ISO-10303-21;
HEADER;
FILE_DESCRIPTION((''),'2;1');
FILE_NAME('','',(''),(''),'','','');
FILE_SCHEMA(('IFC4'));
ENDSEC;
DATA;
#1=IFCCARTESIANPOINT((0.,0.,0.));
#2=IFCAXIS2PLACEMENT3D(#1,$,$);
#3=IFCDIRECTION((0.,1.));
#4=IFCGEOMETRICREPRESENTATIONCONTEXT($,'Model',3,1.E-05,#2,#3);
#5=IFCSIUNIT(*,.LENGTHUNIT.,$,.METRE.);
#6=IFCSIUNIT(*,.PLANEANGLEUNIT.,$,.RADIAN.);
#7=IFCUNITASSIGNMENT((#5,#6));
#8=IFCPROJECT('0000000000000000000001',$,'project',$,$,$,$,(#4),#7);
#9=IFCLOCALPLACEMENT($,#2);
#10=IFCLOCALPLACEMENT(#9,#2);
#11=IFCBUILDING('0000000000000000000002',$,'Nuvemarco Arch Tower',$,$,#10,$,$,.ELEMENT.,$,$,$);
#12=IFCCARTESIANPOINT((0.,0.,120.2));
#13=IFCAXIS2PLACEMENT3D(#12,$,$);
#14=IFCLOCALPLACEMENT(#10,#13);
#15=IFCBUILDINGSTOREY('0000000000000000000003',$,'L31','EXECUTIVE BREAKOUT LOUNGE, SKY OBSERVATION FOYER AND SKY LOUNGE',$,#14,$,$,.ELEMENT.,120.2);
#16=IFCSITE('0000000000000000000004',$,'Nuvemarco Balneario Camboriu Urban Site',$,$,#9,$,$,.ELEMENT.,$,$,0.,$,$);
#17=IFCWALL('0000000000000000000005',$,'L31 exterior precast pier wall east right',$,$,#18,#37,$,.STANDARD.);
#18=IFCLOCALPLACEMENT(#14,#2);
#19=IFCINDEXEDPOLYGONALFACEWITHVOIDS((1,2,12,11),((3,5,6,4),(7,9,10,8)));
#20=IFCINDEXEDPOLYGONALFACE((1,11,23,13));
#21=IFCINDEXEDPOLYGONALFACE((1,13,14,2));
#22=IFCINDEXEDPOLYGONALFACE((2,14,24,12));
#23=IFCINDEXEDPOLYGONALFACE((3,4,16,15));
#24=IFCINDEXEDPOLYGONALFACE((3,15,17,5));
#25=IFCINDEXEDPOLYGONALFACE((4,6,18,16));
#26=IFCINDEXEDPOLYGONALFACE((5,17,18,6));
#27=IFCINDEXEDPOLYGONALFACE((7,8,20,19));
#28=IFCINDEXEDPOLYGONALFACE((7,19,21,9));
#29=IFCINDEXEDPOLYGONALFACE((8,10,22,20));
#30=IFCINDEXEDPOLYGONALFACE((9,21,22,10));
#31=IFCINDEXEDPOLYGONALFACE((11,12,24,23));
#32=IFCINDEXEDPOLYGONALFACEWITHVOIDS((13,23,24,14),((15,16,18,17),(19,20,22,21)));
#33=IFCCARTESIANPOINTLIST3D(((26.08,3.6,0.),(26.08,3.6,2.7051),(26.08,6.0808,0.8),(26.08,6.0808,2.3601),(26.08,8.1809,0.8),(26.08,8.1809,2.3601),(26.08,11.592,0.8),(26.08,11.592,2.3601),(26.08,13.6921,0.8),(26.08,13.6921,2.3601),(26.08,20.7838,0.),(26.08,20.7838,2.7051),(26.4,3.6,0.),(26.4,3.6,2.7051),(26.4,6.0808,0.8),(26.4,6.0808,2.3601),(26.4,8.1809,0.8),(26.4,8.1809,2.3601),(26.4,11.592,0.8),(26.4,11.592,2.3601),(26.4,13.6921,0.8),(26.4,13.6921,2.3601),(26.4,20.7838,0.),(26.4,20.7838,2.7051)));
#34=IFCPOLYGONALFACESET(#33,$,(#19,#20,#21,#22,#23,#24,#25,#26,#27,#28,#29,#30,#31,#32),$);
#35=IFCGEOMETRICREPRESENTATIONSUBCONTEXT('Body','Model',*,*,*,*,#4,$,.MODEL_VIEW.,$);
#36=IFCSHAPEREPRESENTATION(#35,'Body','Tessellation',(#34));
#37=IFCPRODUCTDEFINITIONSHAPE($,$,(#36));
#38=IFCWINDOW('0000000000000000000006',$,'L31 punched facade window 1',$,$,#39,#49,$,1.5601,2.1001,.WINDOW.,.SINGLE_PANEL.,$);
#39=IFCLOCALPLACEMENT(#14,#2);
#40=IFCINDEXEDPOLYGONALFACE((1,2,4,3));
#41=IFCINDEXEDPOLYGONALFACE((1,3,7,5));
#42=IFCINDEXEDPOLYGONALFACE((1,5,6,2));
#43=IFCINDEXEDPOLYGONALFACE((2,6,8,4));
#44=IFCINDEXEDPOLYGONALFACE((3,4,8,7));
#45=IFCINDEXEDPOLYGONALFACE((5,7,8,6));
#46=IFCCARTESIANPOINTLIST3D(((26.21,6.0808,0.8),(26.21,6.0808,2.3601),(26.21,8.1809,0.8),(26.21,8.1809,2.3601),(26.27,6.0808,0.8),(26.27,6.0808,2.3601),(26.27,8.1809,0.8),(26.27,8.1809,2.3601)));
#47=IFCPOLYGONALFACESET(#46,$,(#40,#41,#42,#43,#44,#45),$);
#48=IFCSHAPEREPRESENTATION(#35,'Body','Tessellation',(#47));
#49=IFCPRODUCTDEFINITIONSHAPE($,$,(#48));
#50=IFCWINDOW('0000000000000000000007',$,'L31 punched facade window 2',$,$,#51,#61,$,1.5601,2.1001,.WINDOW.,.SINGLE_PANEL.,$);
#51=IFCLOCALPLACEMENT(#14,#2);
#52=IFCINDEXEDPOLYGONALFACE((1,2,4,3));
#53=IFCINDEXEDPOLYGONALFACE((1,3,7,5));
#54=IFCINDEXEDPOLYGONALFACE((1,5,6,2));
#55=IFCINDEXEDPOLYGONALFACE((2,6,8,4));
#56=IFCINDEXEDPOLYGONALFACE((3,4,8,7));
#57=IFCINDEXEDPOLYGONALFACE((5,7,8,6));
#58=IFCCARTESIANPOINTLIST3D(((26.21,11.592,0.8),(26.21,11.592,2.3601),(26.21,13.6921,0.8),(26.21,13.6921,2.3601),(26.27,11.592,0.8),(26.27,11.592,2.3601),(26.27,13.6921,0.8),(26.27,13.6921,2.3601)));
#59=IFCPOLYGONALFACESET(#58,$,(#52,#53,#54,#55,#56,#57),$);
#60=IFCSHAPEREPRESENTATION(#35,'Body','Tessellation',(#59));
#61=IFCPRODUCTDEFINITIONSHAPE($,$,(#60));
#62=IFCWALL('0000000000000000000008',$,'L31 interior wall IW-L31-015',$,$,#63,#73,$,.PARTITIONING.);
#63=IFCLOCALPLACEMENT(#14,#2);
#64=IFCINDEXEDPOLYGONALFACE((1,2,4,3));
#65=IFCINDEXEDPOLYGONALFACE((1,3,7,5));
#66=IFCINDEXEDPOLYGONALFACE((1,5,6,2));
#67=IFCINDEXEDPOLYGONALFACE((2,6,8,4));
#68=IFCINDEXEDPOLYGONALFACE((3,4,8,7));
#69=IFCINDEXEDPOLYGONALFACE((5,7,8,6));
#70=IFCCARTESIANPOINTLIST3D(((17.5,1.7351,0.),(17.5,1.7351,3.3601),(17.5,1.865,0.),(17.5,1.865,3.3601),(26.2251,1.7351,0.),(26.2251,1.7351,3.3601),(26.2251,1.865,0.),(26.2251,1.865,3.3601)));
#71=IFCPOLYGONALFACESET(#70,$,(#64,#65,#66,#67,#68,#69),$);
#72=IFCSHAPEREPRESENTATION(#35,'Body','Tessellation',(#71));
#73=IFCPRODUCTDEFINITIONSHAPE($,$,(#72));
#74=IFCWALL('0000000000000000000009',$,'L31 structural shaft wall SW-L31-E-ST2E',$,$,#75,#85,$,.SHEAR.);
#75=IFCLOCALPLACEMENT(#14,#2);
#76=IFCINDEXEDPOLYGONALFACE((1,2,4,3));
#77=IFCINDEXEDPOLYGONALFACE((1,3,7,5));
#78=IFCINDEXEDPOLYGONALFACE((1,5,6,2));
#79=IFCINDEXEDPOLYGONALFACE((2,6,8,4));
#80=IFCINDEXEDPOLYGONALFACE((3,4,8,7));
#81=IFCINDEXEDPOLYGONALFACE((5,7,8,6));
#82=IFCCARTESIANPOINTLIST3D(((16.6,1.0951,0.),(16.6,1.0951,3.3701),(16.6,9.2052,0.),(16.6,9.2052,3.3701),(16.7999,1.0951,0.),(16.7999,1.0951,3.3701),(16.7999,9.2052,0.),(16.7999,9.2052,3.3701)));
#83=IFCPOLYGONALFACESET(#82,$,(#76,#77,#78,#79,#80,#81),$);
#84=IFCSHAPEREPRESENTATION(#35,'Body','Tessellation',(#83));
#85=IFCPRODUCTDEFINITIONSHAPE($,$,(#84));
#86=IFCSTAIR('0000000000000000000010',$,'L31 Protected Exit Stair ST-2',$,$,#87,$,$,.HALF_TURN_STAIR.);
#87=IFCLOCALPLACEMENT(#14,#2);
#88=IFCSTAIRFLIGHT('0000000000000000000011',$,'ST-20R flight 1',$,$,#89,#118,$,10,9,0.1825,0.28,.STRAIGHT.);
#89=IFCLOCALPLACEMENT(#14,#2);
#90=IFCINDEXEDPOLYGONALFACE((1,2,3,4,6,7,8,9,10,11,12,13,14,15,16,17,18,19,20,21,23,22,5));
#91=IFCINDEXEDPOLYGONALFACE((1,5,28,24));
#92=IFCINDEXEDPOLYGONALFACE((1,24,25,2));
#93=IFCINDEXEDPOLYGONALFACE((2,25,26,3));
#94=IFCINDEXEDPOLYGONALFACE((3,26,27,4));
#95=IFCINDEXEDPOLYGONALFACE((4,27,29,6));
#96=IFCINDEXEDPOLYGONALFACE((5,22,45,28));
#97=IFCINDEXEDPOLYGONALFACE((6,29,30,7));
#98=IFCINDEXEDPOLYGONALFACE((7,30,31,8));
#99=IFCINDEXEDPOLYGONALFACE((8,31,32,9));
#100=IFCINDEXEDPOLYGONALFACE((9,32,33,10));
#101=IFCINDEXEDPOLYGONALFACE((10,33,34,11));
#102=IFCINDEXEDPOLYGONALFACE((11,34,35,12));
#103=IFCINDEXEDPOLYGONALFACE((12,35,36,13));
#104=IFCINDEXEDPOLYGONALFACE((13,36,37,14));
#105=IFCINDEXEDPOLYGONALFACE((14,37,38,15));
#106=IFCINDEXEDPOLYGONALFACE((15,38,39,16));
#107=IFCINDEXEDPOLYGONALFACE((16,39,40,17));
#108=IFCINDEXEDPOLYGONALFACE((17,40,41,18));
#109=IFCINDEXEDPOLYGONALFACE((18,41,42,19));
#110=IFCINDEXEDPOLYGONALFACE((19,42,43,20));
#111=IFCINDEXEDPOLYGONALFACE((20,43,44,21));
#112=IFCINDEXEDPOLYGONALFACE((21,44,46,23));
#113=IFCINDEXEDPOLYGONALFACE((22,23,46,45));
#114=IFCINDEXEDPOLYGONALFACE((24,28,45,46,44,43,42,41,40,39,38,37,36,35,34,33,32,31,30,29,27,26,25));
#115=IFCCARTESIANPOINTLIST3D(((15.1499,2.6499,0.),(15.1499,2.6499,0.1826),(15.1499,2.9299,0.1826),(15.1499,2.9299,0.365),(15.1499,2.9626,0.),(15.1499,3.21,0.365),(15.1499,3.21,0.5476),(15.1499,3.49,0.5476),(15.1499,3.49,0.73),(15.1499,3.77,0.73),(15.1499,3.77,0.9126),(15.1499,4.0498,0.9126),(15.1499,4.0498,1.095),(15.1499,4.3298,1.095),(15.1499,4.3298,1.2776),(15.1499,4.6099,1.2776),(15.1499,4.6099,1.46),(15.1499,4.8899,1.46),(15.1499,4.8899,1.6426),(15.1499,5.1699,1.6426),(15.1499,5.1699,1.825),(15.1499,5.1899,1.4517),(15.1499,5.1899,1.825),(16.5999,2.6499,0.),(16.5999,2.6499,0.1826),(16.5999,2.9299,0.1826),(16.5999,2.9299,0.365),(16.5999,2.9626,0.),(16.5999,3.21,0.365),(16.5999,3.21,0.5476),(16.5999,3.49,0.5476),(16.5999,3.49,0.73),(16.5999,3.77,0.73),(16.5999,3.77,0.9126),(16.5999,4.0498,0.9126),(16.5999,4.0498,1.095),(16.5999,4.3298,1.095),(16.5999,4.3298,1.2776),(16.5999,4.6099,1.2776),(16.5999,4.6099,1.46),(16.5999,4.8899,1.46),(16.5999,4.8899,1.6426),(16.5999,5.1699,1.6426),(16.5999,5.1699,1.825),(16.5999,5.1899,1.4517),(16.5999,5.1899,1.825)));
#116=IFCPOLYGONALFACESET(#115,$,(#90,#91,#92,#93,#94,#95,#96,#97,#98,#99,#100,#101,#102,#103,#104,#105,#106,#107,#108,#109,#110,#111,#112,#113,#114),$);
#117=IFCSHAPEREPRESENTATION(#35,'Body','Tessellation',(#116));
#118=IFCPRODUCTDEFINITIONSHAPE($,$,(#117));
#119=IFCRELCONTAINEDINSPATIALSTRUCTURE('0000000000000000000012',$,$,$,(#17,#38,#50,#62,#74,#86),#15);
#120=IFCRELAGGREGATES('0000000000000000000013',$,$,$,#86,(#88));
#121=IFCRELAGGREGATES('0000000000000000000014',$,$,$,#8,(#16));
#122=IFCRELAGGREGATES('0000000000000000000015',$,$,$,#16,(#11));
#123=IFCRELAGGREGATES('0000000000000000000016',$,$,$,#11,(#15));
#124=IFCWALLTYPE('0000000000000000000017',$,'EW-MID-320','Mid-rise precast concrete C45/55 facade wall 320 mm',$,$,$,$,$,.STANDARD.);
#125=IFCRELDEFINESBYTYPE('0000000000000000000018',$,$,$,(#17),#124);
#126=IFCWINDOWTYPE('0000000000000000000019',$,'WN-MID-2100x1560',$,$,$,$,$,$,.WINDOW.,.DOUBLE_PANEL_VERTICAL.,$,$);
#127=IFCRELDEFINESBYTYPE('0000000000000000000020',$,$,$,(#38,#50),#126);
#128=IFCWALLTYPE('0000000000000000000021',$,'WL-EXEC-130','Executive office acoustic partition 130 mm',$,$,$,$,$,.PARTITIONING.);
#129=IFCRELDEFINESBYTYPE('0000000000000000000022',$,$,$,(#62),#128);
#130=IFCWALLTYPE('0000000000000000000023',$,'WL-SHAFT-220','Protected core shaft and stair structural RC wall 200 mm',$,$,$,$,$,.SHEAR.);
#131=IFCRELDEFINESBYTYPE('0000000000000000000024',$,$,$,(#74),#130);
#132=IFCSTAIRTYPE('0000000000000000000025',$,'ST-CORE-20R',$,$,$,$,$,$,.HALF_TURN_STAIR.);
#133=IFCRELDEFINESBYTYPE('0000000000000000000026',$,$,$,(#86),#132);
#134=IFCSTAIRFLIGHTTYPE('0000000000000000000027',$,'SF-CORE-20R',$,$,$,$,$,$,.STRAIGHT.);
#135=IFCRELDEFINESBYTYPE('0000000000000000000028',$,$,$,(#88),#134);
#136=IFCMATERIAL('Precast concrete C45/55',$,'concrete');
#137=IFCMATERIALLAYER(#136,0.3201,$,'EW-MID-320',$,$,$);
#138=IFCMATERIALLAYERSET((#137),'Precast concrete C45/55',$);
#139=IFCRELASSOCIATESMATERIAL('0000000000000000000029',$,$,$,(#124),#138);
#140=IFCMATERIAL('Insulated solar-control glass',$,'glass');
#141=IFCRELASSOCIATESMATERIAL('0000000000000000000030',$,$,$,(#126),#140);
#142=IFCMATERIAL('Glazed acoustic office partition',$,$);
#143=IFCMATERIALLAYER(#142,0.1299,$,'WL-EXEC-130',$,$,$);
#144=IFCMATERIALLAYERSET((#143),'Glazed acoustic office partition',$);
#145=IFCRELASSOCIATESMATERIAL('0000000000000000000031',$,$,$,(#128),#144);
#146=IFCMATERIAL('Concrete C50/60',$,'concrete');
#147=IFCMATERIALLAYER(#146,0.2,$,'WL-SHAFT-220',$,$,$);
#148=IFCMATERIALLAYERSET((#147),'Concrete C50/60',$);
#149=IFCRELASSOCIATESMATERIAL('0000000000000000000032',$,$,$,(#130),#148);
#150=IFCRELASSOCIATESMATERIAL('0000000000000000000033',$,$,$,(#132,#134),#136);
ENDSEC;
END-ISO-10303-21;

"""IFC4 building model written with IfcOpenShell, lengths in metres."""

from ifc_helpers import new_model, si_unit, direction, frame, frame_2d, origin, place, context, subcontext, project, spatial, polyline, rectangle, outline, extrude, source, transform, mapped, material, layer, layer_set, type_object, type_shapes, element, fill, aggregate, save


model = new_model("IFC4")

# Units and contexts
model_context = context("Model", 3, precision=1e-05, world=origin(), true_north=direction((0.0, 1.0)))
body_context = subcontext(model_context, "Body", "Model", "MODEL_VIEW")
ifc_project = project(units=[si_unit("LENGTHUNIT", "METRE"), si_unit("PLANEANGLEUNIT", "RADIAN")], contexts=[model_context])

# Site, building, storey
site_placement = place(None, origin())
site = spatial("IfcSite", under=ifc_project, at=site_placement, Name="Nuvemarco Balneario Camboriu Urban Site", CompositionType="ELEMENT", RefElevation=0.0)
building_placement = place(site_placement, origin())
building = spatial("IfcBuilding", under=site, at=building_placement, Name="Nuvemarco Arch Tower", CompositionType="ELEMENT")
storey_placement = place(building_placement, frame((0.0, 0.0, 120.2)))
storey = spatial("IfcBuildingStorey", under=building, at=storey_placement, Name="L31", Description="EXECUTIVE BREAKOUT LOUNGE, SKY OBSERVATION FOYER AND SKY LOUNGE", CompositionType="ELEMENT", Elevation=120.2)

# Shared definitions
ifc_material_1 = material(Name="Precast concrete C45/55", Category="concrete")

# Wall, openings, windows
ifc_layer_1 = layer(ifc_material_1, 0.3201, Name="EW-MID-320")
ifc_layer_set_1 = layer_set([ifc_layer_1], Name="Precast concrete C45/55")
wall_type_1 = type_object("IfcWallType", Name="EW-MID-320", Description="Mid-rise precast concrete C45/55 facade wall 320 mm", PredefinedType="STANDARD", material=ifc_layer_set_1)
wall_1_placement = place(storey_placement, frame((26.24, 3.6001, 0.0), z_axis=(0.0, 0.0, 1.0), x_axis=(0.0, 1.0, 0.0)))
wall_1 = element("IfcWall", 1, at=wall_1_placement, inside=storey, type_object=wall_type_1, Name="L31 exterior precast pier wall east right", PredefinedType="STANDARD", context=body_context, shape_type="SweptSolid", body=[
    extrude(rectangle(XDim=17.1838, YDim=0.3201, at=frame_2d((8.5918, 0.0))), origin(), (0.0, 0.0, 1.0), 2.7051),
])
opening_1_placement = place(wall_1_placement, frame((2.4807, 0.0, 0.8)))
opening_1 = element("IfcOpeningElement", 2, at=opening_1_placement, cuts=wall_1, PredefinedType="OPENING", context=body_context, shape_type="SweptSolid", body=[
    extrude(rectangle(XDim=2.1001, YDim=1.5601, at=frame_2d((1.05, 0.78))), frame((0.0, 0.1699, 0.0), z_axis=(0.0, -1.0, 0.0), x_axis=(1.0, 0.0, 0.0)), (0.0, 0.0, 1.0), 0.3401),
])
opening_2_placement = place(wall_1_placement, frame((7.9919, 0.0, 0.8)))
opening_2 = element("IfcOpeningElement", 3, at=opening_2_placement, cuts=wall_1, PredefinedType="OPENING", context=body_context, shape_type="SweptSolid", body=[
    extrude(rectangle(XDim=2.1001, YDim=1.5601, at=frame_2d((1.05, 0.78))), frame((0.0, 0.1699, 0.0), z_axis=(0.0, -1.0, 0.0), x_axis=(1.0, 0.0, 0.0)), (0.0, 0.0, 1.0), 0.3401),
])
ifc_material_2 = material(Name="Insulated solar-control glass", Category="glass")
window_type = type_object("IfcWindowType", Name="WN-MID-2100x1560", PartitioningType="DOUBLE_PANEL_VERTICAL", PredefinedType="WINDOW", material=ifc_material_2)
shared_shape_1 = source(origin(), body_context, "Body", "SweptSolid", [
    extrude(rectangle(XDim=2.1001, YDim=1.5601, at=frame_2d((1.05, 0.78))), frame((0.0, 0.03, 0.0), z_axis=(0.0, -1.0, 0.0), x_axis=(1.0, 0.0, 0.0)), (0.0, 0.0, 1.0), 0.0601),
])
type_shapes(window_type, [shared_shape_1])
window_1_placement = place(opening_1_placement, origin())
window_1 = element("IfcWindow", 4, at=window_1_placement, inside=storey, type_object=window_type, Name="L31 punched facade window 1", OverallHeight=1.5601, OverallWidth=2.1001, PartitioningType="SINGLE_PANEL", PredefinedType="WINDOW", context=body_context, shape_type="MappedRepresentation", body=[
    mapped(shared_shape_1, transform((0.0, 0.0, 0.0), scale=1.0)),
])
fill(opening_1, window_1)
window_2_placement = place(opening_2_placement, origin())
window_2 = element("IfcWindow", 5, at=window_2_placement, inside=storey, type_object=window_type, Name="L31 punched facade window 2", OverallHeight=1.5601, OverallWidth=2.1001, PartitioningType="SINGLE_PANEL", PredefinedType="WINDOW", context=body_context, shape_type="MappedRepresentation", body=[
    mapped(shared_shape_1, transform((0.0, 0.0, 0.0), scale=1.0)),
])
fill(opening_2, window_2)

# Walls
ifc_material_3 = material(Name="Glazed acoustic office partition")
ifc_layer_2 = layer(ifc_material_3, 0.1299, Name="WL-EXEC-130")
ifc_layer_set_2 = layer_set([ifc_layer_2], Name="Glazed acoustic office partition")
wall_type_2 = type_object("IfcWallType", Name="WL-EXEC-130", Description="Executive office acoustic partition 130 mm", PredefinedType="PARTITIONING", material=ifc_layer_set_2)
wall_2_placement = place(storey_placement, frame((17.5, 1.8, 0.0), z_axis=(0.0, 0.0, 1.0), x_axis=(1.0, 0.0, 0.0)))
element("IfcWall", 6, at=wall_2_placement, inside=storey, type_object=wall_type_2, Name="L31 interior wall IW-L31-015", PredefinedType="PARTITIONING", context=body_context, shape_type="SweptSolid", body=[
    extrude(rectangle(XDim=8.7251, YDim=0.1299, at=frame_2d((4.3625, 0.0))), origin(), (0.0, 0.0, 1.0), 3.3601),
])
ifc_material_4 = material(Name="Concrete C50/60", Category="concrete")
ifc_layer_3 = layer(ifc_material_4, 0.2, Name="WL-SHAFT-220")
ifc_layer_set_3 = layer_set([ifc_layer_3], Name="Concrete C50/60")
wall_type_3 = type_object("IfcWallType", Name="WL-SHAFT-220", Description="Protected core shaft and stair structural RC wall 200 mm", PredefinedType="SHEAR", material=ifc_layer_set_3)
wall_3_placement = place(storey_placement, frame((16.7, 1.095, 0.0), z_axis=(0.0, 0.0, 1.0), x_axis=(0.0, 1.0, 0.0)))
element("IfcWall", 7, at=wall_3_placement, inside=storey, type_object=wall_type_3, Name="L31 structural shaft wall SW-L31-E-ST2E", PredefinedType="SHEAR", context=body_context, shape_type="SweptSolid", body=[
    extrude(rectangle(XDim=8.1101, YDim=0.2, at=frame_2d((4.0552, 0.0))), origin(), (0.0, 0.0, 1.0), 3.3701),
])

# Stair, stair flight
stair_type = type_object("IfcStairType", Name="ST-CORE-20R", PredefinedType="HALF_TURN_STAIR", material=ifc_material_1)
stair_placement = place(storey_placement, origin())
stair = element("IfcStair", 8, at=stair_placement, inside=storey, type_object=stair_type, Name="L31 Protected Exit Stair ST-2", PredefinedType="HALF_TURN_STAIR")
stair_flight_type = type_object("IfcStairFlightType", Name="SF-CORE-20R", PredefinedType="STRAIGHT", material=ifc_material_1)
stair_flight_placement = place(storey_placement, frame((15.875, 2.6499, 0.0), z_axis=(0.0, 0.0, 1.0), x_axis=(0.0, 1.0, 0.0)))
stair_flight = element("IfcStairFlight", 9, at=stair_flight_placement, type_object=stair_flight_type, Name="ST-20R flight 1", NumberOfRisers=10, NumberOfTreads=9, PredefinedType="STRAIGHT", RiserHeight=0.1825, TreadLength=0.28, context=body_context, shape_type="SweptSolid", body=[
    extrude(outline(polyline([(0.0, 0.0), (0.0, 0.1826), (0.28, 0.1826), (0.28, 0.365), (0.5601, 0.365), (0.5601, 0.5476), (0.8401, 0.5476), (0.8401, 0.73), (1.1201, 0.73), (1.1201, 0.9126), (1.3999, 0.9126), (1.3999, 1.095), (1.6799, 1.095), (1.6799, 1.2776), (1.96, 1.2776), (1.96, 1.46), (2.24, 1.46), (2.24, 1.6426), (2.52, 1.6426), (2.52, 1.825), (2.54, 1.825), (2.54, 1.4517), (0.3127, 0.0), (0.0, 0.0)])), frame((0.0, 0.7251, 0.0), z_axis=(0.0, -1.0, 0.0), x_axis=(1.0, 0.0, 0.0)), (0.0, 0.0, 1.0), 1.45),
])
aggregate(stair, [stair_flight])

save(model, "model.ifc")
